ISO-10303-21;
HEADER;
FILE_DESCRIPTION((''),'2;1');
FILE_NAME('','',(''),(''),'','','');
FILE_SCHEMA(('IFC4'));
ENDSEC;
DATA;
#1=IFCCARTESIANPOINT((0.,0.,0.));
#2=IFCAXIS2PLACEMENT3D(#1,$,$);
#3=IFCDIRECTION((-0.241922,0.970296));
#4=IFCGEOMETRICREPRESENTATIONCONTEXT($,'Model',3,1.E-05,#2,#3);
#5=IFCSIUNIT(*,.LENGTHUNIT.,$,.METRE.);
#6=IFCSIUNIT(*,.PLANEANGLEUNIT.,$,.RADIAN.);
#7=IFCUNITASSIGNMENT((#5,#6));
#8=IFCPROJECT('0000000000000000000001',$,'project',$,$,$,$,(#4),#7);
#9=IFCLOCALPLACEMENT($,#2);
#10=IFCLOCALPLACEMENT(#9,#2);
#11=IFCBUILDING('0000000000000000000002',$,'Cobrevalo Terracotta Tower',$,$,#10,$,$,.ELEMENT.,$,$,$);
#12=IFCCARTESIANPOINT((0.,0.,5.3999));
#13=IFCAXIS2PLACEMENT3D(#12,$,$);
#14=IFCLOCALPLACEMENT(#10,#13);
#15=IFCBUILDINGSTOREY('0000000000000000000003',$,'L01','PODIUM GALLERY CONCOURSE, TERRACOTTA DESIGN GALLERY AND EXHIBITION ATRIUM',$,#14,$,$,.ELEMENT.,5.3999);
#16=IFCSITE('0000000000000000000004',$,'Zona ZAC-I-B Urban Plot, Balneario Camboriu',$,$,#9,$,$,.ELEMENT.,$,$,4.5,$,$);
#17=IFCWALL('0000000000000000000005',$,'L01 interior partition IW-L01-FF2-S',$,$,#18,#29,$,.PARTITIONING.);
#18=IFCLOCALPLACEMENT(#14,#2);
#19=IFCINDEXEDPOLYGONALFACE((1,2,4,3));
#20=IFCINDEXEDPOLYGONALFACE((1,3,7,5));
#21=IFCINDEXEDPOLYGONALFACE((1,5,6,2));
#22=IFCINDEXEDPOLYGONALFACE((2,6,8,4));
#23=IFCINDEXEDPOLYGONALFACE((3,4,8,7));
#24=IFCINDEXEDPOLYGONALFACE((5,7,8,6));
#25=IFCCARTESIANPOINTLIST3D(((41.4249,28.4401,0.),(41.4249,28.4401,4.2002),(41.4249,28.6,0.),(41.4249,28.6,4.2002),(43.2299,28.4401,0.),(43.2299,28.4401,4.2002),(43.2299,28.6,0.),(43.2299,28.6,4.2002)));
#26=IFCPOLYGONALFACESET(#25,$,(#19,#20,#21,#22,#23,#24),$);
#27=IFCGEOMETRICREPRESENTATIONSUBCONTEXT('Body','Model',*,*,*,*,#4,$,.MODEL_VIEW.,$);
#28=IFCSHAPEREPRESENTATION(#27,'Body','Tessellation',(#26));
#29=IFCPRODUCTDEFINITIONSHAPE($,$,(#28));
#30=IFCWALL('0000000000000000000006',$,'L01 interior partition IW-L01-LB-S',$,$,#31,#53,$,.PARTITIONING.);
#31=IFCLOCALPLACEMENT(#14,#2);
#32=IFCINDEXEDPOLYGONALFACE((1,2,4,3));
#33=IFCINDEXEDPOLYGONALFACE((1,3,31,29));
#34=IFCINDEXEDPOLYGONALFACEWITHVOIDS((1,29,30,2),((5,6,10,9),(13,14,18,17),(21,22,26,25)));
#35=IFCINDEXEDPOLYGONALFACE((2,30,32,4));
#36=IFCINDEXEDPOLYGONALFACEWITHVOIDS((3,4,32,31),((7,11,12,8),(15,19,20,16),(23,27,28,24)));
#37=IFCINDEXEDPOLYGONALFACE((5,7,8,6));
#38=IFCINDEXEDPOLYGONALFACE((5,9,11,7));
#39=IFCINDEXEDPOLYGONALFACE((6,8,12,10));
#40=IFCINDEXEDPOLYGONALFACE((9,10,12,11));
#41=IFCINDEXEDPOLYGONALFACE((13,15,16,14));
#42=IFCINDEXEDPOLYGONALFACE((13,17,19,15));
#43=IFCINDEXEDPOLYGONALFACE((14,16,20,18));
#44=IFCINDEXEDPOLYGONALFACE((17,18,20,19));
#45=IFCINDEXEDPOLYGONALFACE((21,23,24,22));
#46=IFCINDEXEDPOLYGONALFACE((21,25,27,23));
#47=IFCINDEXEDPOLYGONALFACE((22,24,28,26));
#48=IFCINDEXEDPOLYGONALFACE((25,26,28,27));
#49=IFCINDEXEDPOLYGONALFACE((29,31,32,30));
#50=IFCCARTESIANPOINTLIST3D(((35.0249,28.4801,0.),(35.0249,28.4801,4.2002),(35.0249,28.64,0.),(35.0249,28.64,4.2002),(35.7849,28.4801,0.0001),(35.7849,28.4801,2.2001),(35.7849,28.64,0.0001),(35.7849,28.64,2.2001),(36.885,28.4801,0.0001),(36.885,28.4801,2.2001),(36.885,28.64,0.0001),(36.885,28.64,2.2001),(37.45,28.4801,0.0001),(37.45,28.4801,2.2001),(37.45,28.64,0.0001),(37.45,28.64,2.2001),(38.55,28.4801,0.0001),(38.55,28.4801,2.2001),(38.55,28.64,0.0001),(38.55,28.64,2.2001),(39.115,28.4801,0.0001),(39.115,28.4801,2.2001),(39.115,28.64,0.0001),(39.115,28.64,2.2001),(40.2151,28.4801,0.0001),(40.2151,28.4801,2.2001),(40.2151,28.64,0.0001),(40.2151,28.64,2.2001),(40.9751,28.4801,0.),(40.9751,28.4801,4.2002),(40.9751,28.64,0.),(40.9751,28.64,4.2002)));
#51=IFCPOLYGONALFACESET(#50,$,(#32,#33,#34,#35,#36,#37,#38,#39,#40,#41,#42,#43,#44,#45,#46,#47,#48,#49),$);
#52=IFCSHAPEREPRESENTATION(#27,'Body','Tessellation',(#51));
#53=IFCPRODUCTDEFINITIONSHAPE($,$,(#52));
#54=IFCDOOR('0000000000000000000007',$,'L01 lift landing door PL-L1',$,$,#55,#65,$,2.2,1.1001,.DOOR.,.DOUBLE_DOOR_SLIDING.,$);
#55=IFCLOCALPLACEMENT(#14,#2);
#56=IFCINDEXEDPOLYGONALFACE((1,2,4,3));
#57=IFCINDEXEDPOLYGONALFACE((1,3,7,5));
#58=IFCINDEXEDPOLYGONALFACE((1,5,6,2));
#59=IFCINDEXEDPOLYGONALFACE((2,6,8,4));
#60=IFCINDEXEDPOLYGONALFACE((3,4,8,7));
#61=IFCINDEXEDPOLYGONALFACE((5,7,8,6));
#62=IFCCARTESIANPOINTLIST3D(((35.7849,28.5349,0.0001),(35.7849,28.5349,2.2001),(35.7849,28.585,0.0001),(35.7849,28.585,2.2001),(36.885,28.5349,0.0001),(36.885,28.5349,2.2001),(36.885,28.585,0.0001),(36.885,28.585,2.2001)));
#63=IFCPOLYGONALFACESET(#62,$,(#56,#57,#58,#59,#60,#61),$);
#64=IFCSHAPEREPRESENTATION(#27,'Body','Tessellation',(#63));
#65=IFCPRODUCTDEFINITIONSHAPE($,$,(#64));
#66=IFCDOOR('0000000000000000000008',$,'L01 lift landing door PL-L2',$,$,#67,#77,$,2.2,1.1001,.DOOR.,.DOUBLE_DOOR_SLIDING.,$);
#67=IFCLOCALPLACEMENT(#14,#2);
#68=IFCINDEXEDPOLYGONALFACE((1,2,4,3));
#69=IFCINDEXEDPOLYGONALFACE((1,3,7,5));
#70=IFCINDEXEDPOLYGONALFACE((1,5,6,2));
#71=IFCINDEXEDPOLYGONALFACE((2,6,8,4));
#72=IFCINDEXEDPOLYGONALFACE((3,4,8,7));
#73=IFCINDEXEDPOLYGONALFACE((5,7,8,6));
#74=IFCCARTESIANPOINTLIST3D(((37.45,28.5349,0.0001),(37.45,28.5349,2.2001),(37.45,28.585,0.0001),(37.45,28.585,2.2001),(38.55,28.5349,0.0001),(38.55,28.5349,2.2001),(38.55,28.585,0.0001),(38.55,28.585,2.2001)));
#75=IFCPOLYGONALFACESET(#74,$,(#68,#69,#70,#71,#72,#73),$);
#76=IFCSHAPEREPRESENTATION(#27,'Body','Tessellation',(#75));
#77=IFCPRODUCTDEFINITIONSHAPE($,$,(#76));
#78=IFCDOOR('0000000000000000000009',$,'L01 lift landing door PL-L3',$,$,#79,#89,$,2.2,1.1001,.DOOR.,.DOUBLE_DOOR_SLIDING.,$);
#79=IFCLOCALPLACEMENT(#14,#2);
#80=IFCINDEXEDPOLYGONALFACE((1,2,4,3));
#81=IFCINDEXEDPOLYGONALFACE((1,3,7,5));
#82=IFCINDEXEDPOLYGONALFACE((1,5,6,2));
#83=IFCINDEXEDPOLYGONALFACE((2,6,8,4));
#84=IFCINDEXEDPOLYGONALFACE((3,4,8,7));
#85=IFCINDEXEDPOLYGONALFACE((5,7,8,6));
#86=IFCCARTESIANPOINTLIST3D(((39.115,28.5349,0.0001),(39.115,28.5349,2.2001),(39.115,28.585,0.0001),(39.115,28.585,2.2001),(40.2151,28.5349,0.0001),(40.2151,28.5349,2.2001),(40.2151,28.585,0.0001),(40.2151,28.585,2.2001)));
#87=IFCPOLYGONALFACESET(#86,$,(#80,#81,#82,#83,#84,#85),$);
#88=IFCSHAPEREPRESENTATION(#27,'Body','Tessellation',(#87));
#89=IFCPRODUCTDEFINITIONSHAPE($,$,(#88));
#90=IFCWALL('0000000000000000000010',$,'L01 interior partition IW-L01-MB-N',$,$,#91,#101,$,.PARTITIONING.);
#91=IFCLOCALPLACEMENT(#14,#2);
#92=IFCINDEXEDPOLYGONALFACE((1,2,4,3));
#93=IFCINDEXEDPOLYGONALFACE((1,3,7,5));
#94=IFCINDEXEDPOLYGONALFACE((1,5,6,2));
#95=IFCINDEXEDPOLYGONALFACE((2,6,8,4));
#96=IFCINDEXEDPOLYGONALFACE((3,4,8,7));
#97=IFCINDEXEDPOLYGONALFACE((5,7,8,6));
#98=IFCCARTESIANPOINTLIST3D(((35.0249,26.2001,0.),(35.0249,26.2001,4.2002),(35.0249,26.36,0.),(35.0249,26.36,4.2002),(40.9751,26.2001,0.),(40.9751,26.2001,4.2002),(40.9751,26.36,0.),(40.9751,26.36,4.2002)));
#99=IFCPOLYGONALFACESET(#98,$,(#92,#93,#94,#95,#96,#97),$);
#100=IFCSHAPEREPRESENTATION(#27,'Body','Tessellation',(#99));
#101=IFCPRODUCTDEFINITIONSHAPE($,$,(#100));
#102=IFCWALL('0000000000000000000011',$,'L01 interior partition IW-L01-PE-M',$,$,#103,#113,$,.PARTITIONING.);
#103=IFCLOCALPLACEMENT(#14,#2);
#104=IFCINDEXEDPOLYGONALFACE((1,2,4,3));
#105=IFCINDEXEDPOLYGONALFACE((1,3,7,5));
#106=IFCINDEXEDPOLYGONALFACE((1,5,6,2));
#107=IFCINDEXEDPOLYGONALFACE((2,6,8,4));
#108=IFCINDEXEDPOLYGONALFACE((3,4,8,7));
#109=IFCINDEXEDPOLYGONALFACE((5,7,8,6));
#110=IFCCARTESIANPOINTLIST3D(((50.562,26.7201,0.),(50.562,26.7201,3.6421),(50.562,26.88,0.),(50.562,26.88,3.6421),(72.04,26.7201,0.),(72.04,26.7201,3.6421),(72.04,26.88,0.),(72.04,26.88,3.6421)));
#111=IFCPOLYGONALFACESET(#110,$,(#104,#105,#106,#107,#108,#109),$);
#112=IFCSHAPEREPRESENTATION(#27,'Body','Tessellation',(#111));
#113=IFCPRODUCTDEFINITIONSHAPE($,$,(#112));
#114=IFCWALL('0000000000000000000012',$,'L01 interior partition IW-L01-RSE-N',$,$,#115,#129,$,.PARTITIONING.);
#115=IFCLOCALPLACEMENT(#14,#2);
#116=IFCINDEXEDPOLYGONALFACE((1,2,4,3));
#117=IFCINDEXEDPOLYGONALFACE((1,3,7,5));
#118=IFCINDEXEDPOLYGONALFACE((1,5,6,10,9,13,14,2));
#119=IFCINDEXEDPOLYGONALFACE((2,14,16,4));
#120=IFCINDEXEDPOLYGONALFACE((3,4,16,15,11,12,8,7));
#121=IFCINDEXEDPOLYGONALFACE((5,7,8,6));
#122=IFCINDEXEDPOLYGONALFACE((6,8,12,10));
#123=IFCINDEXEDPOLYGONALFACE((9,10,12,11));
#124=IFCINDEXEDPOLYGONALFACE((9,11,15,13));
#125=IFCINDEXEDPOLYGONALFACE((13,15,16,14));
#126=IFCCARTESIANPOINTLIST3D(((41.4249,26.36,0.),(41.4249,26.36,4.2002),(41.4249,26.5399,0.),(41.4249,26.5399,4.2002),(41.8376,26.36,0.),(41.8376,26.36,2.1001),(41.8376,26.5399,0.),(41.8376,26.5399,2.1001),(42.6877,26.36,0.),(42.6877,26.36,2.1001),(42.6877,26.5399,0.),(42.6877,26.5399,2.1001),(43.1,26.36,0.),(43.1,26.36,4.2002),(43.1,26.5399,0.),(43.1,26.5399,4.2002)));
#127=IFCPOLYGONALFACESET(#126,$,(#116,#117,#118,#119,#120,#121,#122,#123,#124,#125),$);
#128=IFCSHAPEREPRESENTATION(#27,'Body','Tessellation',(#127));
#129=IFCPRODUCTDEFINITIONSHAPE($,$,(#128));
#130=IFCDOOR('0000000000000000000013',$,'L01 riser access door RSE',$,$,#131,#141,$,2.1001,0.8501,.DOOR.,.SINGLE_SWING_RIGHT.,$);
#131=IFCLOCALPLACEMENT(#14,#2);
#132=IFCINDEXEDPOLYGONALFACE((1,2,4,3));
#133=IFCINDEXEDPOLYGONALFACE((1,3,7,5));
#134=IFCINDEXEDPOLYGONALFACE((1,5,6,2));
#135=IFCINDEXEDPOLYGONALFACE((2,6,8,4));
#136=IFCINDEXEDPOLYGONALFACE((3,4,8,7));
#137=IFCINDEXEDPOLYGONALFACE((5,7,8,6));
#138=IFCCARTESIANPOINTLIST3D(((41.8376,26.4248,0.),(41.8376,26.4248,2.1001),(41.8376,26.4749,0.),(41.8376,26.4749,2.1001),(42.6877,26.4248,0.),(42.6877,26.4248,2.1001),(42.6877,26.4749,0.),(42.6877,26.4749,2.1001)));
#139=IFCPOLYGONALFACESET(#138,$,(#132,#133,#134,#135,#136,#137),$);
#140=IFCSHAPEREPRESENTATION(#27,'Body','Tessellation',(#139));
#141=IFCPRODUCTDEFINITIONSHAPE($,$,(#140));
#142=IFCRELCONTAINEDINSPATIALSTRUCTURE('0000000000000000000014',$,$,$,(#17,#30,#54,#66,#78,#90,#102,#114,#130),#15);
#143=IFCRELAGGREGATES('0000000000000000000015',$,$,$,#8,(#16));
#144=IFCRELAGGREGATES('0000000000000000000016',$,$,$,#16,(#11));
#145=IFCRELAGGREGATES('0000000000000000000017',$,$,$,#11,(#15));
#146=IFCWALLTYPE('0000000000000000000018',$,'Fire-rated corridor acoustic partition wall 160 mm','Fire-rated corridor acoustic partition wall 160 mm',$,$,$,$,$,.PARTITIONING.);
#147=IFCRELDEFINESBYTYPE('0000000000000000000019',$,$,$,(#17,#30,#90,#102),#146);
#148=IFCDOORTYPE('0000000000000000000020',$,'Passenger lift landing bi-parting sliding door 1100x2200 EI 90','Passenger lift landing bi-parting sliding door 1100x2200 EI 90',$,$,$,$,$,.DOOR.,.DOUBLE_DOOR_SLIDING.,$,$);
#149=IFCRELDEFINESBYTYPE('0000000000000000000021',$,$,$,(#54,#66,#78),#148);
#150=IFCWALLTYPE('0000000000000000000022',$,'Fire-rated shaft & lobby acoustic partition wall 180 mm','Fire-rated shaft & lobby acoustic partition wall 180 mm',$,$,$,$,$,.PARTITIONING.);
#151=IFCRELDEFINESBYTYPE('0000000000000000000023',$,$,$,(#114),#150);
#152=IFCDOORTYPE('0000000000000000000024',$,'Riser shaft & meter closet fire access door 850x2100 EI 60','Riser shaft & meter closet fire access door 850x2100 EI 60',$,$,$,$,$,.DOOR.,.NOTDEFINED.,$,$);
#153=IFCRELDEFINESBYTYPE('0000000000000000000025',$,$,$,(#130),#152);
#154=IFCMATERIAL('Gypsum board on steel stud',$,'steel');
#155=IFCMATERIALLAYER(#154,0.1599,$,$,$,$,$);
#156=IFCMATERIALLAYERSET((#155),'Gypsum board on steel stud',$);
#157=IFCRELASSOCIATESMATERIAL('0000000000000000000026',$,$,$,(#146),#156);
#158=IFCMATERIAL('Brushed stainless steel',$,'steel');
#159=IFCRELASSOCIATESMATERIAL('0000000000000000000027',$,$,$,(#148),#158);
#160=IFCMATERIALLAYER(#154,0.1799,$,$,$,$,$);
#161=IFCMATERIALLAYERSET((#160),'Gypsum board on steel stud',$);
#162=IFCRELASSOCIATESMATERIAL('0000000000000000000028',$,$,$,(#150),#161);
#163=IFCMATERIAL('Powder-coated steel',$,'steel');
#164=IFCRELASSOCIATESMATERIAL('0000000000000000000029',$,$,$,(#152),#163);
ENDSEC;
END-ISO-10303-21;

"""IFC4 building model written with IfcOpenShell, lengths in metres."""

from ifc_helpers import new_model, si_unit, direction, frame, frame_2d, origin, place, context, subcontext, project, spatial, rectangle, extrude, source, transform, mapped, material, layer, layer_set, type_object, element, fill, save


model = new_model("IFC4")

# Units and contexts
model_context = context("Model", 3, precision=1e-05, world=origin(), true_north=direction((-0.241922, 0.970296)))
body_context = subcontext(model_context, "Body", "Model", "MODEL_VIEW")
ifc_project = project(units=[si_unit("LENGTHUNIT", "METRE"), si_unit("PLANEANGLEUNIT", "RADIAN")], contexts=[model_context])

# Site, building, storey
site_placement = place(None, origin())
site = spatial("IfcSite", under=ifc_project, at=site_placement, Name="Zona ZAC-I-B Urban Plot, Balneario Camboriu", CompositionType="ELEMENT", RefElevation=4.5)
building_placement = place(site_placement, origin())
building = spatial("IfcBuilding", under=site, at=building_placement, Name="Cobrevalo Terracotta Tower", CompositionType="ELEMENT")
storey_placement = place(building_placement, frame((0.0, 0.0, 5.3999)))
storey = spatial("IfcBuildingStorey", under=building, at=storey_placement, Name="L01", Description="PODIUM GALLERY CONCOURSE, TERRACOTTA DESIGN GALLERY AND EXHIBITION ATRIUM", CompositionType="ELEMENT", Elevation=5.3999)

# Wall
ifc_material_1 = material(Name="Gypsum board on steel stud", Category="steel")
ifc_layer_1 = layer(ifc_material_1, 0.1599)
ifc_layer_set_1 = layer_set([ifc_layer_1], Name="Gypsum board on steel stud")
wall_type_1 = type_object("IfcWallType", Name="Fire-rated corridor acoustic partition wall 160 mm", Description="Fire-rated corridor acoustic partition wall 160 mm", PredefinedType="PARTITIONING", material=ifc_layer_set_1)
wall_1_placement = place(storey_placement, frame((41.425, 28.52, 0.0), z_axis=(0.0, 0.0, 1.0), x_axis=(1.0, 0.0, 0.0)))
element("IfcWall", 1, at=wall_1_placement, inside=storey, type_object=wall_type_1, Name="L01 interior partition IW-L01-FF2-S", PredefinedType="PARTITIONING", context=body_context, shape_type="SweptSolid", body=[
    extrude(rectangle(XDim=1.8049, YDim=0.1599, at=frame_2d((0.9023, 0.0))), origin(), (0.0, 0.0, 1.0), 4.2002),
])

# Wall, openings, doors
wall_2_placement = place(storey_placement, frame((35.0249, 28.5601, 0.0), z_axis=(0.0, 0.0, 1.0), x_axis=(1.0, 0.0, 0.0)))
wall_2 = element("IfcWall", 2, at=wall_2_placement, inside=storey, type_object=wall_type_1, Name="L01 interior partition IW-L01-LB-S", PredefinedType="PARTITIONING", context=body_context, shape_type="SweptSolid", body=[
    extrude(rectangle(XDim=5.9502, YDim=0.1599, at=frame_2d((2.9751, 0.0))), origin(), (0.0, 0.0, 1.0), 4.2002),
])
opening_1_placement = place(wall_2_placement, frame((0.76, 0.0, 0.0)))
opening_1 = element("IfcOpeningElement", 3, at=opening_1_placement, cuts=wall_2, PredefinedType="OPENING", context=body_context, shape_type="SweptSolid", body=[
    extrude(rectangle(XDim=1.1001, YDim=2.2, at=frame_2d((0.55, 1.1001))), frame((0.0, 0.0898, 0.0), z_axis=(0.0, -1.0, 0.0), x_axis=(1.0, 0.0, 0.0)), (0.0, 0.0, 1.0), 0.1799),
])
opening_2_placement = place(wall_2_placement, frame((2.425, 0.0, 0.0)))
opening_2 = element("IfcOpeningElement", 4, at=opening_2_placement, cuts=wall_2, PredefinedType="OPENING", context=body_context, shape_type="SweptSolid", body=[
    extrude(rectangle(XDim=1.1001, YDim=2.2, at=frame_2d((0.55, 1.1001))), frame((0.0, 0.0898, 0.0), z_axis=(0.0, -1.0, 0.0), x_axis=(1.0, 0.0, 0.0)), (0.0, 0.0, 1.0), 0.1799),
])
opening_3_placement = place(wall_2_placement, frame((4.0901, 0.0, 0.0)))
opening_3 = element("IfcOpeningElement", 5, at=opening_3_placement, cuts=wall_2, PredefinedType="OPENING", context=body_context, shape_type="SweptSolid", body=[
    extrude(rectangle(XDim=1.1001, YDim=2.2, at=frame_2d((0.55, 1.1001))), frame((0.0, 0.0898, 0.0), z_axis=(0.0, -1.0, 0.0), x_axis=(1.0, 0.0, 0.0)), (0.0, 0.0, 1.0), 0.1799),
])
ifc_material_2 = material(Name="Brushed stainless steel", Category="steel")
door_type_1 = type_object("IfcDoorType", Name="Passenger lift landing bi-parting sliding door 1100x2200 EI 90", Description="Passenger lift landing bi-parting sliding door 1100x2200 EI 90", OperationType="DOUBLE_DOOR_SLIDING", PredefinedType="DOOR", material=ifc_material_2)
shared_shape_1 = source(origin(), body_context, "Body", "SweptSolid", [
    extrude(rectangle(XDim=1.1001, YDim=2.2, at=frame_2d((0.55, 1.1001))), frame((0.0, 0.0249, 0.0), z_axis=(0.0, -1.0, 0.0), x_axis=(1.0, 0.0, 0.0)), (0.0, 0.0, 1.0), 0.05),
])
door_1_placement = place(opening_1_placement, origin())
door_1 = element("IfcDoor", 6, at=door_1_placement, inside=storey, type_object=door_type_1, Name="L01 lift landing door PL-L1", OperationType="DOUBLE_DOOR_SLIDING", OverallHeight=2.2, OverallWidth=1.1001, PredefinedType="DOOR", context=body_context, shape_type="MappedRepresentation", body=[
    mapped(shared_shape_1, transform((0.0, 0.0, 0.0), scale=1.0)),
])
fill(opening_1, door_1)
door_2_placement = place(opening_2_placement, origin())
door_2 = element("IfcDoor", 7, at=door_2_placement, inside=storey, type_object=door_type_1, Name="L01 lift landing door PL-L2", OperationType="DOUBLE_DOOR_SLIDING", OverallHeight=2.2, OverallWidth=1.1001, PredefinedType="DOOR", context=body_context, shape_type="MappedRepresentation", body=[
    mapped(shared_shape_1, transform((0.0, 0.0, 0.0), scale=1.0)),
])
fill(opening_2, door_2)
door_3_placement = place(opening_3_placement, origin())
door_3 = element("IfcDoor", 8, at=door_3_placement, inside=storey, type_object=door_type_1, Name="L01 lift landing door PL-L3", OperationType="DOUBLE_DOOR_SLIDING", OverallHeight=2.2, OverallWidth=1.1001, PredefinedType="DOOR", context=body_context, shape_type="MappedRepresentation", body=[
    mapped(shared_shape_1, transform((0.0, 0.0, 0.0), scale=1.0)),
])
fill(opening_3, door_3)

# Walls
wall_3_placement = place(storey_placement, frame((35.0249, 26.28, 0.0), z_axis=(0.0, 0.0, 1.0), x_axis=(1.0, 0.0, 0.0)))
element("IfcWall", 9, at=wall_3_placement, inside=storey, type_object=wall_type_1, Name="L01 interior partition IW-L01-MB-N", PredefinedType="PARTITIONING", context=body_context, shape_type="SweptSolid", body=[
    extrude(rectangle(XDim=5.9502, YDim=0.1599, at=frame_2d((2.9751, 0.0))), origin(), (0.0, 0.0, 1.0), 4.2002),
])
wall_4_placement = place(storey_placement, frame((50.562, 26.8, 0.0), z_axis=(0.0, 0.0, 1.0), x_axis=(1.0, 0.0, 0.0)))
element("IfcWall", 10, at=wall_4_placement, inside=storey, type_object=wall_type_1, Name="L01 interior partition IW-L01-PE-M", PredefinedType="PARTITIONING", context=body_context, shape_type="SweptSolid", body=[
    extrude(rectangle(XDim=21.478, YDim=0.1599, at=frame_2d((10.739, 0.0))), origin(), (0.0, 0.0, 1.0), 3.6421),
])

# Wall, opening, door
ifc_layer_2 = layer(ifc_material_1, 0.1799)
ifc_layer_set_2 = layer_set([ifc_layer_2], Name="Gypsum board on steel stud")
wall_type_2 = type_object("IfcWallType", Name="Fire-rated shaft & lobby acoustic partition wall 180 mm", Description="Fire-rated shaft & lobby acoustic partition wall 180 mm", PredefinedType="PARTITIONING", material=ifc_layer_set_2)
wall_5_placement = place(storey_placement, frame((41.425, 26.45, 0.0), z_axis=(0.0, 0.0, 1.0), x_axis=(1.0, 0.0, 0.0)))
wall_5 = element("IfcWall", 11, at=wall_5_placement, inside=storey, type_object=wall_type_2, Name="L01 interior partition IW-L01-RSE-N", PredefinedType="PARTITIONING", context=body_context, shape_type="SweptSolid", body=[
    extrude(rectangle(XDim=1.675, YDim=0.1799, at=frame_2d((0.8374, 0.0))), origin(), (0.0, 0.0, 1.0), 4.2002),
])
opening_4_placement = place(wall_5_placement, frame((0.4126, 0.0, 0.0)))
opening_4 = element("IfcOpeningElement", 12, at=opening_4_placement, cuts=wall_5, PredefinedType="OPENING", context=body_context, shape_type="SweptSolid", body=[
    extrude(rectangle(XDim=0.8501, YDim=2.1001, at=frame_2d((0.425, 1.05))), frame((0.0, 0.1001, 0.0), z_axis=(0.0, -1.0, 0.0), x_axis=(1.0, 0.0, 0.0)), (0.0, 0.0, 1.0), 0.2),
])
ifc_material_3 = material(Name="Powder-coated steel", Category="steel")
door_type_2 = type_object("IfcDoorType", Name="Riser shaft & meter closet fire access door 850x2100 EI 60", Description="Riser shaft & meter closet fire access door 850x2100 EI 60", OperationType="NOTDEFINED", PredefinedType="DOOR", material=ifc_material_3)
shared_shape_2 = source(origin(), body_context, "Body", "SweptSolid", [
    extrude(rectangle(XDim=0.8501, YDim=2.1001, at=frame_2d((0.425, 1.05))), frame((0.0, 0.0249, 0.0), z_axis=(0.0, -1.0, 0.0), x_axis=(1.0, 0.0, 0.0)), (0.0, 0.0, 1.0), 0.05),
])
door_4_placement = place(opening_4_placement, origin())
door_4 = element("IfcDoor", 13, at=door_4_placement, inside=storey, type_object=door_type_2, Name="L01 riser access door RSE", OperationType="SINGLE_SWING_RIGHT", OverallHeight=2.1001, OverallWidth=0.8501, PredefinedType="DOOR", context=body_context, shape_type="MappedRepresentation", body=[
    mapped(shared_shape_2, transform((0.0, 0.0, 0.0), scale=1.0)),
])
fill(opening_4, door_4)

save(model, "model.ifc")
